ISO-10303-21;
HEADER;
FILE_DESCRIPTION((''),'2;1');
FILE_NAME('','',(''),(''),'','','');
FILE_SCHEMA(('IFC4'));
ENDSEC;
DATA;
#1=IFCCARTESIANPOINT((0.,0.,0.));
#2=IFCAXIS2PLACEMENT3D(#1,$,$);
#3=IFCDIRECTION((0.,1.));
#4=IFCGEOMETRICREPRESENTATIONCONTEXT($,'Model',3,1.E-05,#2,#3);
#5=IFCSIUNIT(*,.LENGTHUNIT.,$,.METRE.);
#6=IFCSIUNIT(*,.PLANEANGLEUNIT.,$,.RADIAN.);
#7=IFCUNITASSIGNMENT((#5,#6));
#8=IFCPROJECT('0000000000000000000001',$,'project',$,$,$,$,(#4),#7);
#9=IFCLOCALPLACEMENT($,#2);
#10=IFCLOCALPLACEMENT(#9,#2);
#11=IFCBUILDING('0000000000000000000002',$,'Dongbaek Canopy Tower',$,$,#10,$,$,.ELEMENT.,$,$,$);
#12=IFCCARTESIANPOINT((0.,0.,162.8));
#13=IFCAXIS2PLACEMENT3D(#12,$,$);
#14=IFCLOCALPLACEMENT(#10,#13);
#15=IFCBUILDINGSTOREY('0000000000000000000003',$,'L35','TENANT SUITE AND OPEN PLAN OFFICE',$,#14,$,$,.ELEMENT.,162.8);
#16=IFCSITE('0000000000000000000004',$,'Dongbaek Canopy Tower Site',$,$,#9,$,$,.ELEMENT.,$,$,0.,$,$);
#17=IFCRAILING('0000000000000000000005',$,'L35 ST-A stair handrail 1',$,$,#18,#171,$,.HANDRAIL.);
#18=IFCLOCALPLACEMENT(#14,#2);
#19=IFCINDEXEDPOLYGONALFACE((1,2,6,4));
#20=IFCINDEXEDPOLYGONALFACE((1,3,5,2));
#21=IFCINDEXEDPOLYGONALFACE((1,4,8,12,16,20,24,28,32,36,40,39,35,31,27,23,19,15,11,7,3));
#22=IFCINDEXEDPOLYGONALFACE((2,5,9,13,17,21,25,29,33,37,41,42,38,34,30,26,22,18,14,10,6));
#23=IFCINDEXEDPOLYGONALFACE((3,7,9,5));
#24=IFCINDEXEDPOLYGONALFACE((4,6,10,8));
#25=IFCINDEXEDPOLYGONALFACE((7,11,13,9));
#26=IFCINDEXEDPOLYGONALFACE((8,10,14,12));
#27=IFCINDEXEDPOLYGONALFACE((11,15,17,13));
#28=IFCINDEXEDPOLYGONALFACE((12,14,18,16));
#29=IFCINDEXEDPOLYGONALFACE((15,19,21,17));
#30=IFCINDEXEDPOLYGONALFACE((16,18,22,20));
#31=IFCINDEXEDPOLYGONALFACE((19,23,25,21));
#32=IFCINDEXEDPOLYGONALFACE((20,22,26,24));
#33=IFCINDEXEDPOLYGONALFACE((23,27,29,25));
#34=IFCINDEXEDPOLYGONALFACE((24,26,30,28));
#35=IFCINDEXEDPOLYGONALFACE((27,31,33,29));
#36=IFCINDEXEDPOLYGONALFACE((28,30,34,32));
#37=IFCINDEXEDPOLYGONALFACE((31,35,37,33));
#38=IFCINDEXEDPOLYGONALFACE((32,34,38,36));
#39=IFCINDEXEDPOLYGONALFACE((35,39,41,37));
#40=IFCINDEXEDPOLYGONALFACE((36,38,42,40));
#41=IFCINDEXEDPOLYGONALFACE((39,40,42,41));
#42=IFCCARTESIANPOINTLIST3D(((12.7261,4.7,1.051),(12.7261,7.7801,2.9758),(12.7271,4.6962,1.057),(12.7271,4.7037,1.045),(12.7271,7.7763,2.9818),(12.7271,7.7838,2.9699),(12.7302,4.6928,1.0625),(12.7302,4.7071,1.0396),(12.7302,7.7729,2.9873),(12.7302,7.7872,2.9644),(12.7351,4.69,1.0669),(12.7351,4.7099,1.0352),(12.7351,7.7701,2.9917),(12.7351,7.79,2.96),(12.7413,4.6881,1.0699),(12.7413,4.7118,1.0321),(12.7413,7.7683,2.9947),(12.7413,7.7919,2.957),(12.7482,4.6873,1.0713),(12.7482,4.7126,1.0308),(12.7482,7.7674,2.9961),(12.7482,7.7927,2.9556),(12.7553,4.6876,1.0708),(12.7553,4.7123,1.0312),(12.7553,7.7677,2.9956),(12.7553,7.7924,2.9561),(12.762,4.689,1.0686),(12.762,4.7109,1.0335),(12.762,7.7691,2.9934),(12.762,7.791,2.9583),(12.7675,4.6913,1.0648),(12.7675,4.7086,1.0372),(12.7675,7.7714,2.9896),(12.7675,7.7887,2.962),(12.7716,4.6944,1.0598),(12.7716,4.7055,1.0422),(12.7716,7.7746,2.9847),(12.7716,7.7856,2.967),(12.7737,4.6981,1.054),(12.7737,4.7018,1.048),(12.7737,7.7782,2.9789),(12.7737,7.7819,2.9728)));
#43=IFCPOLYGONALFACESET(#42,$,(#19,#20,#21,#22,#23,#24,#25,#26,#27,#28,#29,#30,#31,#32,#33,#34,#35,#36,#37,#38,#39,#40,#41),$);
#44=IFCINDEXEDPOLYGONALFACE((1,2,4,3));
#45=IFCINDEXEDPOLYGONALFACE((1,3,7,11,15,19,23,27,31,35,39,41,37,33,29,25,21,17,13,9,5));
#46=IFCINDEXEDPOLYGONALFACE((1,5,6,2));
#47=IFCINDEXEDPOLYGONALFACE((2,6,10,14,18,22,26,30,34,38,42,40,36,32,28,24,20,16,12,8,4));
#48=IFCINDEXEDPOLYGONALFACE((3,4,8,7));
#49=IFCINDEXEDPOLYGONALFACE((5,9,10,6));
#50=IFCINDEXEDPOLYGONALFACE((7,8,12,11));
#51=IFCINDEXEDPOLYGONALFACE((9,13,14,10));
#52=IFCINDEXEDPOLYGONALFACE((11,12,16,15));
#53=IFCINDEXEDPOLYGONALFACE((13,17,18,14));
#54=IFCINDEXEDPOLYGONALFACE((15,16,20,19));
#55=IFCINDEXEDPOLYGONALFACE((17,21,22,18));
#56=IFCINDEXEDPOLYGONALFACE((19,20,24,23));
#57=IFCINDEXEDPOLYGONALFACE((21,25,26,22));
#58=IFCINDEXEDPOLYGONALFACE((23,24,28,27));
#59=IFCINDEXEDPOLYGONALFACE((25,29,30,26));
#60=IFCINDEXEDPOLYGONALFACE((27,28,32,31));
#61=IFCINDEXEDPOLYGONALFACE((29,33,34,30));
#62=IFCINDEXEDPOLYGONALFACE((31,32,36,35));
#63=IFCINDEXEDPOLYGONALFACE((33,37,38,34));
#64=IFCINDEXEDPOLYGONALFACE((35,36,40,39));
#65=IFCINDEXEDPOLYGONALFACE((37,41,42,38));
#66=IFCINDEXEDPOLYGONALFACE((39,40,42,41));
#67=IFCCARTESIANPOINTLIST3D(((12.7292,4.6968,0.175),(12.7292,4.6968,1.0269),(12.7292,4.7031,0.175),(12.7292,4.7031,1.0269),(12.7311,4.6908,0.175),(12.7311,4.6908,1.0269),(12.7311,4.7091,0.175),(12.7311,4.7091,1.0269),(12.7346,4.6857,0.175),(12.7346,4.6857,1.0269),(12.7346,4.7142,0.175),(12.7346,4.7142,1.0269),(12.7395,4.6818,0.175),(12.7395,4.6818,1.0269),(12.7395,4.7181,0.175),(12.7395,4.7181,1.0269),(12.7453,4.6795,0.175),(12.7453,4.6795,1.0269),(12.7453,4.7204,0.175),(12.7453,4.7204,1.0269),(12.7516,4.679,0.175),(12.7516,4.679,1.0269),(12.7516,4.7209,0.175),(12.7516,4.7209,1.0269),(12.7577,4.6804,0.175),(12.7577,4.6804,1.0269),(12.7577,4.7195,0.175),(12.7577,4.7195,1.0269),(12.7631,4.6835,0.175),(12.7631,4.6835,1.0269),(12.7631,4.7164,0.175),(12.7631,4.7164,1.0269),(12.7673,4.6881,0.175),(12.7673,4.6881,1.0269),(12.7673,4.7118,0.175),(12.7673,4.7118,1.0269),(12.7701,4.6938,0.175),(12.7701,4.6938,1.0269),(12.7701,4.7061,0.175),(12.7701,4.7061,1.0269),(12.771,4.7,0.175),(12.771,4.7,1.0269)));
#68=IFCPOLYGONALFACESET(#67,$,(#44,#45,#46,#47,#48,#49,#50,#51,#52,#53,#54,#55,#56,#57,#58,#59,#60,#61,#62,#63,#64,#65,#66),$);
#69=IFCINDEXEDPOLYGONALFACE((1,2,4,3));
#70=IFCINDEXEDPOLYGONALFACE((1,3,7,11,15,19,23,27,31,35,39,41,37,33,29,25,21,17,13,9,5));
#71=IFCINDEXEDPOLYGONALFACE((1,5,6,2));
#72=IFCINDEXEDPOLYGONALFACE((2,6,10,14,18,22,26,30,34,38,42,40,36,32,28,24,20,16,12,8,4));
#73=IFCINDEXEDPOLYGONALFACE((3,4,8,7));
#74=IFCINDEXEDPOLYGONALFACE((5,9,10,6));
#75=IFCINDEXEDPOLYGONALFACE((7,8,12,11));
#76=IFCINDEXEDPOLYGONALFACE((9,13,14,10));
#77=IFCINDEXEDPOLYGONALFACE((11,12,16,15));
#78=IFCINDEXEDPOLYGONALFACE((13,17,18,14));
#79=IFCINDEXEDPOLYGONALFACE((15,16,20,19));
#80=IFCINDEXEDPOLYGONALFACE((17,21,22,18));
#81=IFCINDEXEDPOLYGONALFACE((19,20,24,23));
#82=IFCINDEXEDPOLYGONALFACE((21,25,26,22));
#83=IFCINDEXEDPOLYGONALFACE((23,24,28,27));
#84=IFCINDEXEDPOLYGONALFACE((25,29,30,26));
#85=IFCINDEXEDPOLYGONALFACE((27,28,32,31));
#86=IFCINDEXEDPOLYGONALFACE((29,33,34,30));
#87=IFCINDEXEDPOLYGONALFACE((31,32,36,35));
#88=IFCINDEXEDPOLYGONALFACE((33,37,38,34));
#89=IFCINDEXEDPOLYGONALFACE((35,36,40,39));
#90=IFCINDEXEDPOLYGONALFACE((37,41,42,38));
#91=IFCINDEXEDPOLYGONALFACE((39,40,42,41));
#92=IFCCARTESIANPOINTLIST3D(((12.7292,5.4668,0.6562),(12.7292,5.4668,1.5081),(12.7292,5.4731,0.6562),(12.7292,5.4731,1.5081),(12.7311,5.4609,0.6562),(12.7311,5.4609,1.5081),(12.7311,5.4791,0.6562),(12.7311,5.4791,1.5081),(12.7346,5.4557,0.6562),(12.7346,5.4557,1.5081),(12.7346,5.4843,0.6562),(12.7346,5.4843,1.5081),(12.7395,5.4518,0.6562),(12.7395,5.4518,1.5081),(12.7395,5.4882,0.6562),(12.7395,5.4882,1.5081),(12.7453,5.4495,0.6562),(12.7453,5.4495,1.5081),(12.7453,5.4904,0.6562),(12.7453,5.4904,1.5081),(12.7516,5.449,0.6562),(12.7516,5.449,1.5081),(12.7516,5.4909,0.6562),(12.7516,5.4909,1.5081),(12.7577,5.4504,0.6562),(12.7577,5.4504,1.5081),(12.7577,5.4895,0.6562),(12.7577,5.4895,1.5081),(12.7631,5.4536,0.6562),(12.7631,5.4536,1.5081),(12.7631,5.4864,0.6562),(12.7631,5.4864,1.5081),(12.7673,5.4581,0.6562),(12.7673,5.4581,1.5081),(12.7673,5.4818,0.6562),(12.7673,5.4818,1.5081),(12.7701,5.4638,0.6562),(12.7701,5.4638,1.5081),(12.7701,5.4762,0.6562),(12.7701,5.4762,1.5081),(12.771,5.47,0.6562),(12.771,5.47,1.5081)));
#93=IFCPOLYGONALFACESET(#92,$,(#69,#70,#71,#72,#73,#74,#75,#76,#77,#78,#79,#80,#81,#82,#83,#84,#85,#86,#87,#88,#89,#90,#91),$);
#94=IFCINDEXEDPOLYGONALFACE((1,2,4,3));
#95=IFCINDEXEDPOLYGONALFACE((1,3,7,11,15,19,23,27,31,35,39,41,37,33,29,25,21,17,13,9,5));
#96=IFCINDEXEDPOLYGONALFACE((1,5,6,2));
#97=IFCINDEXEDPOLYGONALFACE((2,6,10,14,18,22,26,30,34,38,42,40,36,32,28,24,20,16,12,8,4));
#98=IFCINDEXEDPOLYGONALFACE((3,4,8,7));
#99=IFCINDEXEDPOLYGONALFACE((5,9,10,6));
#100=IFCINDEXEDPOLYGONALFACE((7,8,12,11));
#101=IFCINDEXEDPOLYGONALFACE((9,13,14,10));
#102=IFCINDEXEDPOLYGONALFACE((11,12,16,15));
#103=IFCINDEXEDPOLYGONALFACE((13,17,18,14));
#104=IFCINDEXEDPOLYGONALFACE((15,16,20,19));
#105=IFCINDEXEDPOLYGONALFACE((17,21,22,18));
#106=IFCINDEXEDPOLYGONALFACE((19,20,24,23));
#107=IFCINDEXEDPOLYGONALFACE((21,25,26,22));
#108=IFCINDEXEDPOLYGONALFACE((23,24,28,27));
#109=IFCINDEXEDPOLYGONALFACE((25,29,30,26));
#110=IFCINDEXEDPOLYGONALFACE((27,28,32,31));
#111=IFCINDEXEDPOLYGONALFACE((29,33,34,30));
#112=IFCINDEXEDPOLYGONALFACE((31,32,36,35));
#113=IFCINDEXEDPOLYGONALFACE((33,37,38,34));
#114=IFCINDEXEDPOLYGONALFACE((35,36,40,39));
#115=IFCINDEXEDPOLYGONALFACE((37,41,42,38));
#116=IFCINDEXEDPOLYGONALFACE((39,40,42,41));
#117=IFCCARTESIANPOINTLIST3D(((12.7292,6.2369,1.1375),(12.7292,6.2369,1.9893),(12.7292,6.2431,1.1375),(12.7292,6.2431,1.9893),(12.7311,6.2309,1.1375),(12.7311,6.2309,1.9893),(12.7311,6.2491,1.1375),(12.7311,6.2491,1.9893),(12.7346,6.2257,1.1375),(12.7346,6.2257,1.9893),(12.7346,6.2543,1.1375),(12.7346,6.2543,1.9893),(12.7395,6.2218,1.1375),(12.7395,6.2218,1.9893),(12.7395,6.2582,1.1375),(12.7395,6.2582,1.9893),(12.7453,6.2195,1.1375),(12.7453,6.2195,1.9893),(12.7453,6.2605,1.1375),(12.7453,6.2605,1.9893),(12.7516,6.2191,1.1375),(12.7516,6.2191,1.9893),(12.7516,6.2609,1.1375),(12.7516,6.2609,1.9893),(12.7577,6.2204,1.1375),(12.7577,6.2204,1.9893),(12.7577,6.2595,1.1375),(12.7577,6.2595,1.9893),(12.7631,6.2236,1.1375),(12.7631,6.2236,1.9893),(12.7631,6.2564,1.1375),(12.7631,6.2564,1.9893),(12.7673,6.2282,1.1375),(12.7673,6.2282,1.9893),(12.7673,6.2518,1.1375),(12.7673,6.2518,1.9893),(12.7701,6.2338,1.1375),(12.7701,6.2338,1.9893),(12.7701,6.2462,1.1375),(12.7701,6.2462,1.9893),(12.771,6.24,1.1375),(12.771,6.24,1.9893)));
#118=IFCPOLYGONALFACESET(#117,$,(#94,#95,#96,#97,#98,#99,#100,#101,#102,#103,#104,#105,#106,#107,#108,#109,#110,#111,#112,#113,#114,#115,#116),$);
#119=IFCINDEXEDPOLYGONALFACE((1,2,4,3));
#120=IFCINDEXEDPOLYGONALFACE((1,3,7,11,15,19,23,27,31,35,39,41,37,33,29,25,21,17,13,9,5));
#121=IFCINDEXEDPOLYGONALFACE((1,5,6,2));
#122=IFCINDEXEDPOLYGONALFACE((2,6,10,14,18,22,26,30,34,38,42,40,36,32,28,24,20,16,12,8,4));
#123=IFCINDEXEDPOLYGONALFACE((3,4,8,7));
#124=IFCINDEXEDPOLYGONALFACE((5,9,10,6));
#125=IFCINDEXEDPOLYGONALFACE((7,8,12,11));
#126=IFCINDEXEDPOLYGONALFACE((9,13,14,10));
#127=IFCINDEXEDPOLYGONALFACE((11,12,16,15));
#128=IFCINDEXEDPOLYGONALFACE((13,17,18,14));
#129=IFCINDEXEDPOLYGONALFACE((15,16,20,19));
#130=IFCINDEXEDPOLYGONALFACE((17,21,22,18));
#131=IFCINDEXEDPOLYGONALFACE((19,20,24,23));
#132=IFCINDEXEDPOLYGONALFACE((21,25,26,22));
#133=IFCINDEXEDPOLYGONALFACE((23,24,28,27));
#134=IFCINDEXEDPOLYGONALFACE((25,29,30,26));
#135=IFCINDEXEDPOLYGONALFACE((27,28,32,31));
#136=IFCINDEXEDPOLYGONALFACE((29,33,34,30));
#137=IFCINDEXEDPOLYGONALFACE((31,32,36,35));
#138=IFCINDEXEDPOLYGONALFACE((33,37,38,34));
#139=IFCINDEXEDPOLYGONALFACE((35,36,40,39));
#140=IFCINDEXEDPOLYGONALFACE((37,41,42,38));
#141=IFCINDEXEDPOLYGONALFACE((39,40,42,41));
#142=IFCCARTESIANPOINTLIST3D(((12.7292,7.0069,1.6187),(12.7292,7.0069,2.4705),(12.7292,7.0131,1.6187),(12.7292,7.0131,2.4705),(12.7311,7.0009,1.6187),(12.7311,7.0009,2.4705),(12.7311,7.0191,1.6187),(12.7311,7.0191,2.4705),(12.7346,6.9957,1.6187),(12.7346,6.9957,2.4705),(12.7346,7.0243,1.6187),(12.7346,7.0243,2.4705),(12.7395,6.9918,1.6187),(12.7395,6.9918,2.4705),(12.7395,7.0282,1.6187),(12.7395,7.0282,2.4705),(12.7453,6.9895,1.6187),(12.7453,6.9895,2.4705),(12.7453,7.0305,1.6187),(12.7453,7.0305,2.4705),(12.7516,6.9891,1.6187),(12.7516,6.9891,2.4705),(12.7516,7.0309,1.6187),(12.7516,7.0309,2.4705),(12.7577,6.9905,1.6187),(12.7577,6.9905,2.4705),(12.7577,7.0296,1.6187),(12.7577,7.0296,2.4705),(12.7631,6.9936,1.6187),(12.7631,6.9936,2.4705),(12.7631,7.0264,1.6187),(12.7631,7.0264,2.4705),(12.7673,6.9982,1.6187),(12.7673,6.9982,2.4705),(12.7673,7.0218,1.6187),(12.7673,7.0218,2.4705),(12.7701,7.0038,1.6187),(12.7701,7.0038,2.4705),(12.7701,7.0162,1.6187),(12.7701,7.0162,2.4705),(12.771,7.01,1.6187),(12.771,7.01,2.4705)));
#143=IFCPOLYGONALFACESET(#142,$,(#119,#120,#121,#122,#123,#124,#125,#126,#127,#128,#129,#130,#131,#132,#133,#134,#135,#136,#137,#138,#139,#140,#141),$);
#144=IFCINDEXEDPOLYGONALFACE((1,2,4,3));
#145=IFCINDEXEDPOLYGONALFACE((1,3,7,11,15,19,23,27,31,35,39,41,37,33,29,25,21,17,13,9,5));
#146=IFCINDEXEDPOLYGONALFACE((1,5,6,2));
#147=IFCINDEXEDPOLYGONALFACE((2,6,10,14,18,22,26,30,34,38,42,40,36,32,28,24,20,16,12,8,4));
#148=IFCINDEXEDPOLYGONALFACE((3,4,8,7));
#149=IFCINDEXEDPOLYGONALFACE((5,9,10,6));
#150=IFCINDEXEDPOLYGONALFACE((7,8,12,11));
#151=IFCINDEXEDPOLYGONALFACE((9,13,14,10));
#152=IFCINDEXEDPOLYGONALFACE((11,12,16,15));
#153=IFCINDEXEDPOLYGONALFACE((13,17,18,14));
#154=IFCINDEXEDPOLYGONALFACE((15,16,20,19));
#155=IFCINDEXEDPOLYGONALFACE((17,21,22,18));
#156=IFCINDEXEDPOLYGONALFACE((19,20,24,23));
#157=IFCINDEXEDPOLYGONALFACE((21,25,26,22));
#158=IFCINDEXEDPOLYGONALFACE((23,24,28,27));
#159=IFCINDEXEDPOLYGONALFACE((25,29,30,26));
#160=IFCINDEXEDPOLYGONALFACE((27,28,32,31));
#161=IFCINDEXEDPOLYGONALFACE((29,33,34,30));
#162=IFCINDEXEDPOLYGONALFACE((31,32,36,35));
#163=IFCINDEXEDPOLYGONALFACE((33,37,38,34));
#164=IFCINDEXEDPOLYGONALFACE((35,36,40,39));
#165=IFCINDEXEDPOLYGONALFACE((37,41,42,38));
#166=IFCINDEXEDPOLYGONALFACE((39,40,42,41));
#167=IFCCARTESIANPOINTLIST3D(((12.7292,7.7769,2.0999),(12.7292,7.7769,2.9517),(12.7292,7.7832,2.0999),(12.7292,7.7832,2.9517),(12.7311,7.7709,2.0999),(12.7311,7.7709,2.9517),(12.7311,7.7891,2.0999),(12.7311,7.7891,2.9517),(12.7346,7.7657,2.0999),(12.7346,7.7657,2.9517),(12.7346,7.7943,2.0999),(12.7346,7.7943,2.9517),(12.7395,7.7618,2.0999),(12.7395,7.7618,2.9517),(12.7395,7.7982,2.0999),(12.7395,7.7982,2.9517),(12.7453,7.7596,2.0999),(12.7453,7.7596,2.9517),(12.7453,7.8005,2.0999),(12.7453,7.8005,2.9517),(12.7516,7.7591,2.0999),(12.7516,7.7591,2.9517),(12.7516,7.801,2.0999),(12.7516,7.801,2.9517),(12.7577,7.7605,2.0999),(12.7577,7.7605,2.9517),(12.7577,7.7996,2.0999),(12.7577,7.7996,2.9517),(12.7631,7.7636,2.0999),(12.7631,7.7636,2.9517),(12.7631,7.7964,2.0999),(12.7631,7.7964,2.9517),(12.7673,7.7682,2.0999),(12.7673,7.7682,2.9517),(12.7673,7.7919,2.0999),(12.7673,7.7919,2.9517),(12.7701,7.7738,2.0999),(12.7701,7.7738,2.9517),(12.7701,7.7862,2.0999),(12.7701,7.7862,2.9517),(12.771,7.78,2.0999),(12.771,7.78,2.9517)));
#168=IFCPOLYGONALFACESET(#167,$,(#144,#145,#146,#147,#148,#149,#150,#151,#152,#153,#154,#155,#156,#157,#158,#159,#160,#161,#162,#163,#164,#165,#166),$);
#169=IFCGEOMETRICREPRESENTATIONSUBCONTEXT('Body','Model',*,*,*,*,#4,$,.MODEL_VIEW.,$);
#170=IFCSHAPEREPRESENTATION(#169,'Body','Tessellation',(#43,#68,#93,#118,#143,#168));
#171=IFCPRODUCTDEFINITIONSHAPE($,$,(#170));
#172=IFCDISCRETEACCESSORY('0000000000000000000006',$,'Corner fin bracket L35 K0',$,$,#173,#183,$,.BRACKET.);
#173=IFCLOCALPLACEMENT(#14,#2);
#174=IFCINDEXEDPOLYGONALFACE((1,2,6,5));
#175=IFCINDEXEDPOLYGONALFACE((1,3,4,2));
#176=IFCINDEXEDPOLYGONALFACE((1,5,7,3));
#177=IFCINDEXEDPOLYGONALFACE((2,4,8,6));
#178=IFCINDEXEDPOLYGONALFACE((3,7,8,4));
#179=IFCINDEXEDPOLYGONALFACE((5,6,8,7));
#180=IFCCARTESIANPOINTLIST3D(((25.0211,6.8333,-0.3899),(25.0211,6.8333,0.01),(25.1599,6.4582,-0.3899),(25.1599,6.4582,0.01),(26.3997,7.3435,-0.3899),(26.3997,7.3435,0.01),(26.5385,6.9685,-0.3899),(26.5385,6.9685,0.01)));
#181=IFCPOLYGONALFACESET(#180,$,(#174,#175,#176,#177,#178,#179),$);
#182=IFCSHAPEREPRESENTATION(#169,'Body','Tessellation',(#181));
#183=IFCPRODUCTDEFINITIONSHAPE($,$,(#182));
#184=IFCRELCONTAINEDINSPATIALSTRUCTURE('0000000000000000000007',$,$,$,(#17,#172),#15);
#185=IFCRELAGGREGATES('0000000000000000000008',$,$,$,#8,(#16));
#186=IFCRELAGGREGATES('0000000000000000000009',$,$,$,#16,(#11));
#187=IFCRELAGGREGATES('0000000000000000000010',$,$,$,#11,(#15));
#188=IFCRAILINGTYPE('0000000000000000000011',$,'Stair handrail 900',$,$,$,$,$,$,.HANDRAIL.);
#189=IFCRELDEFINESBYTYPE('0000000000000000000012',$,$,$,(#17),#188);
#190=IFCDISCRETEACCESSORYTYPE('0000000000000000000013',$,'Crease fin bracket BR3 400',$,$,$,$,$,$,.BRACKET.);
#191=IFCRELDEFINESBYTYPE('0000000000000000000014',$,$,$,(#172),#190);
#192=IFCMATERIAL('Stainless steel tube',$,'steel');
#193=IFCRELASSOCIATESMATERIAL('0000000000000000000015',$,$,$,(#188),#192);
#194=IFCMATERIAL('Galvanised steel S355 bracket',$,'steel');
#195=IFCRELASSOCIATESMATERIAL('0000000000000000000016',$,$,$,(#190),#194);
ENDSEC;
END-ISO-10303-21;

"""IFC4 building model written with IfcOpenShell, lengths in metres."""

from ifc_helpers import new_model, si_unit, direction, frame, origin, origin_2d, place, context, subcontext, project, spatial, rectangle, circle, extrude, material, type_object, element, save


model = new_model("IFC4")

# Units and contexts
model_context = context("Model", 3, precision=1e-05, world=origin(), true_north=direction((0.0, 1.0)))
body_context = subcontext(model_context, "Body", "Model", "MODEL_VIEW")
ifc_project = project(units=[si_unit("LENGTHUNIT", "METRE"), si_unit("PLANEANGLEUNIT", "RADIAN")], contexts=[model_context])

# Site, building, storey
site_placement = place(None, origin())
site = spatial("IfcSite", under=ifc_project, at=site_placement, Name="Dongbaek Canopy Tower Site", CompositionType="ELEMENT", RefElevation=0.0)
building_placement = place(site_placement, origin())
building = spatial("IfcBuilding", under=site, at=building_placement, Name="Dongbaek Canopy Tower", CompositionType="ELEMENT")
storey_placement = place(building_placement, frame((0.0, 0.0, 162.8)))
storey = spatial("IfcBuildingStorey", under=building, at=storey_placement, Name="L35", Description="TENANT SUITE AND OPEN PLAN OFFICE", CompositionType="ELEMENT", Elevation=162.8)

# Railing
ifc_material_1 = material(Name="Stainless steel tube", Category="steel")
railing_type = type_object("IfcRailingType", Name="Stair handrail 900", PredefinedType="HANDRAIL", material=ifc_material_1)
railing_placement = place(storey_placement, frame((12.75, 4.7, 0.175)))
element("IfcRailing", 1, at=railing_placement, inside=storey, type_object=railing_type, Name="L35 ST-A stair handrail 1", PredefinedType="HANDRAIL", context=body_context, shape_type="SweptSolid", body=[
    extrude(circle(Radius=0.0239, at=origin_2d()), frame((0.0, 0.0, 0.876), z_axis=(0.0, 0.848029, 0.529951), x_axis=(-1.0, 0.0, 0.0)), (0.0, 0.0, 1.0), 3.6321),
    extrude(circle(Radius=0.021, at=origin_2d()), origin(), (0.0, 0.0, 1.0), 0.8518),
    extrude(circle(Radius=0.021, at=origin_2d()), frame((0.0, 0.77, 0.4812)), (0.0, 0.0, 1.0), 0.8518),
    extrude(circle(Radius=0.021, at=origin_2d()), frame((0.0, 1.54, 0.9624)), (0.0, 0.0, 1.0), 0.8518),
    extrude(circle(Radius=0.021, at=origin_2d()), frame((0.0, 2.3101, 1.4436)), (0.0, 0.0, 1.0), 0.8518),
    extrude(circle(Radius=0.021, at=origin_2d()), frame((0.0, 3.0801, 1.9248)), (0.0, 0.0, 1.0), 0.8518),
])

# Discrete accessory
ifc_material_2 = material(Name="Galvanised steel S355 bracket", Category="steel")
discrete_accessory_type = type_object("IfcDiscreteAccessoryType", Name="Crease fin bracket BR3 400", PredefinedType="BRACKET", material=ifc_material_2)
discrete_accessory_placement = place(storey_placement, frame((25.7798, 6.9009, -0.3899), z_axis=(0.0, 0.0, 1.0), x_axis=(0.937824, 0.347111, 0.0)))
element("IfcDiscreteAccessory", 2, at=discrete_accessory_placement, inside=storey, type_object=discrete_accessory_type, Name="Corner fin bracket L35 K0", PredefinedType="BRACKET", context=body_context, shape_type="SweptSolid", body=[
    extrude(rectangle(XDim=1.47, YDim=0.3999, at=origin_2d()), origin(), (0.0, 0.0, 1.0), 0.3999),
])

save(model, "model.ifc")
